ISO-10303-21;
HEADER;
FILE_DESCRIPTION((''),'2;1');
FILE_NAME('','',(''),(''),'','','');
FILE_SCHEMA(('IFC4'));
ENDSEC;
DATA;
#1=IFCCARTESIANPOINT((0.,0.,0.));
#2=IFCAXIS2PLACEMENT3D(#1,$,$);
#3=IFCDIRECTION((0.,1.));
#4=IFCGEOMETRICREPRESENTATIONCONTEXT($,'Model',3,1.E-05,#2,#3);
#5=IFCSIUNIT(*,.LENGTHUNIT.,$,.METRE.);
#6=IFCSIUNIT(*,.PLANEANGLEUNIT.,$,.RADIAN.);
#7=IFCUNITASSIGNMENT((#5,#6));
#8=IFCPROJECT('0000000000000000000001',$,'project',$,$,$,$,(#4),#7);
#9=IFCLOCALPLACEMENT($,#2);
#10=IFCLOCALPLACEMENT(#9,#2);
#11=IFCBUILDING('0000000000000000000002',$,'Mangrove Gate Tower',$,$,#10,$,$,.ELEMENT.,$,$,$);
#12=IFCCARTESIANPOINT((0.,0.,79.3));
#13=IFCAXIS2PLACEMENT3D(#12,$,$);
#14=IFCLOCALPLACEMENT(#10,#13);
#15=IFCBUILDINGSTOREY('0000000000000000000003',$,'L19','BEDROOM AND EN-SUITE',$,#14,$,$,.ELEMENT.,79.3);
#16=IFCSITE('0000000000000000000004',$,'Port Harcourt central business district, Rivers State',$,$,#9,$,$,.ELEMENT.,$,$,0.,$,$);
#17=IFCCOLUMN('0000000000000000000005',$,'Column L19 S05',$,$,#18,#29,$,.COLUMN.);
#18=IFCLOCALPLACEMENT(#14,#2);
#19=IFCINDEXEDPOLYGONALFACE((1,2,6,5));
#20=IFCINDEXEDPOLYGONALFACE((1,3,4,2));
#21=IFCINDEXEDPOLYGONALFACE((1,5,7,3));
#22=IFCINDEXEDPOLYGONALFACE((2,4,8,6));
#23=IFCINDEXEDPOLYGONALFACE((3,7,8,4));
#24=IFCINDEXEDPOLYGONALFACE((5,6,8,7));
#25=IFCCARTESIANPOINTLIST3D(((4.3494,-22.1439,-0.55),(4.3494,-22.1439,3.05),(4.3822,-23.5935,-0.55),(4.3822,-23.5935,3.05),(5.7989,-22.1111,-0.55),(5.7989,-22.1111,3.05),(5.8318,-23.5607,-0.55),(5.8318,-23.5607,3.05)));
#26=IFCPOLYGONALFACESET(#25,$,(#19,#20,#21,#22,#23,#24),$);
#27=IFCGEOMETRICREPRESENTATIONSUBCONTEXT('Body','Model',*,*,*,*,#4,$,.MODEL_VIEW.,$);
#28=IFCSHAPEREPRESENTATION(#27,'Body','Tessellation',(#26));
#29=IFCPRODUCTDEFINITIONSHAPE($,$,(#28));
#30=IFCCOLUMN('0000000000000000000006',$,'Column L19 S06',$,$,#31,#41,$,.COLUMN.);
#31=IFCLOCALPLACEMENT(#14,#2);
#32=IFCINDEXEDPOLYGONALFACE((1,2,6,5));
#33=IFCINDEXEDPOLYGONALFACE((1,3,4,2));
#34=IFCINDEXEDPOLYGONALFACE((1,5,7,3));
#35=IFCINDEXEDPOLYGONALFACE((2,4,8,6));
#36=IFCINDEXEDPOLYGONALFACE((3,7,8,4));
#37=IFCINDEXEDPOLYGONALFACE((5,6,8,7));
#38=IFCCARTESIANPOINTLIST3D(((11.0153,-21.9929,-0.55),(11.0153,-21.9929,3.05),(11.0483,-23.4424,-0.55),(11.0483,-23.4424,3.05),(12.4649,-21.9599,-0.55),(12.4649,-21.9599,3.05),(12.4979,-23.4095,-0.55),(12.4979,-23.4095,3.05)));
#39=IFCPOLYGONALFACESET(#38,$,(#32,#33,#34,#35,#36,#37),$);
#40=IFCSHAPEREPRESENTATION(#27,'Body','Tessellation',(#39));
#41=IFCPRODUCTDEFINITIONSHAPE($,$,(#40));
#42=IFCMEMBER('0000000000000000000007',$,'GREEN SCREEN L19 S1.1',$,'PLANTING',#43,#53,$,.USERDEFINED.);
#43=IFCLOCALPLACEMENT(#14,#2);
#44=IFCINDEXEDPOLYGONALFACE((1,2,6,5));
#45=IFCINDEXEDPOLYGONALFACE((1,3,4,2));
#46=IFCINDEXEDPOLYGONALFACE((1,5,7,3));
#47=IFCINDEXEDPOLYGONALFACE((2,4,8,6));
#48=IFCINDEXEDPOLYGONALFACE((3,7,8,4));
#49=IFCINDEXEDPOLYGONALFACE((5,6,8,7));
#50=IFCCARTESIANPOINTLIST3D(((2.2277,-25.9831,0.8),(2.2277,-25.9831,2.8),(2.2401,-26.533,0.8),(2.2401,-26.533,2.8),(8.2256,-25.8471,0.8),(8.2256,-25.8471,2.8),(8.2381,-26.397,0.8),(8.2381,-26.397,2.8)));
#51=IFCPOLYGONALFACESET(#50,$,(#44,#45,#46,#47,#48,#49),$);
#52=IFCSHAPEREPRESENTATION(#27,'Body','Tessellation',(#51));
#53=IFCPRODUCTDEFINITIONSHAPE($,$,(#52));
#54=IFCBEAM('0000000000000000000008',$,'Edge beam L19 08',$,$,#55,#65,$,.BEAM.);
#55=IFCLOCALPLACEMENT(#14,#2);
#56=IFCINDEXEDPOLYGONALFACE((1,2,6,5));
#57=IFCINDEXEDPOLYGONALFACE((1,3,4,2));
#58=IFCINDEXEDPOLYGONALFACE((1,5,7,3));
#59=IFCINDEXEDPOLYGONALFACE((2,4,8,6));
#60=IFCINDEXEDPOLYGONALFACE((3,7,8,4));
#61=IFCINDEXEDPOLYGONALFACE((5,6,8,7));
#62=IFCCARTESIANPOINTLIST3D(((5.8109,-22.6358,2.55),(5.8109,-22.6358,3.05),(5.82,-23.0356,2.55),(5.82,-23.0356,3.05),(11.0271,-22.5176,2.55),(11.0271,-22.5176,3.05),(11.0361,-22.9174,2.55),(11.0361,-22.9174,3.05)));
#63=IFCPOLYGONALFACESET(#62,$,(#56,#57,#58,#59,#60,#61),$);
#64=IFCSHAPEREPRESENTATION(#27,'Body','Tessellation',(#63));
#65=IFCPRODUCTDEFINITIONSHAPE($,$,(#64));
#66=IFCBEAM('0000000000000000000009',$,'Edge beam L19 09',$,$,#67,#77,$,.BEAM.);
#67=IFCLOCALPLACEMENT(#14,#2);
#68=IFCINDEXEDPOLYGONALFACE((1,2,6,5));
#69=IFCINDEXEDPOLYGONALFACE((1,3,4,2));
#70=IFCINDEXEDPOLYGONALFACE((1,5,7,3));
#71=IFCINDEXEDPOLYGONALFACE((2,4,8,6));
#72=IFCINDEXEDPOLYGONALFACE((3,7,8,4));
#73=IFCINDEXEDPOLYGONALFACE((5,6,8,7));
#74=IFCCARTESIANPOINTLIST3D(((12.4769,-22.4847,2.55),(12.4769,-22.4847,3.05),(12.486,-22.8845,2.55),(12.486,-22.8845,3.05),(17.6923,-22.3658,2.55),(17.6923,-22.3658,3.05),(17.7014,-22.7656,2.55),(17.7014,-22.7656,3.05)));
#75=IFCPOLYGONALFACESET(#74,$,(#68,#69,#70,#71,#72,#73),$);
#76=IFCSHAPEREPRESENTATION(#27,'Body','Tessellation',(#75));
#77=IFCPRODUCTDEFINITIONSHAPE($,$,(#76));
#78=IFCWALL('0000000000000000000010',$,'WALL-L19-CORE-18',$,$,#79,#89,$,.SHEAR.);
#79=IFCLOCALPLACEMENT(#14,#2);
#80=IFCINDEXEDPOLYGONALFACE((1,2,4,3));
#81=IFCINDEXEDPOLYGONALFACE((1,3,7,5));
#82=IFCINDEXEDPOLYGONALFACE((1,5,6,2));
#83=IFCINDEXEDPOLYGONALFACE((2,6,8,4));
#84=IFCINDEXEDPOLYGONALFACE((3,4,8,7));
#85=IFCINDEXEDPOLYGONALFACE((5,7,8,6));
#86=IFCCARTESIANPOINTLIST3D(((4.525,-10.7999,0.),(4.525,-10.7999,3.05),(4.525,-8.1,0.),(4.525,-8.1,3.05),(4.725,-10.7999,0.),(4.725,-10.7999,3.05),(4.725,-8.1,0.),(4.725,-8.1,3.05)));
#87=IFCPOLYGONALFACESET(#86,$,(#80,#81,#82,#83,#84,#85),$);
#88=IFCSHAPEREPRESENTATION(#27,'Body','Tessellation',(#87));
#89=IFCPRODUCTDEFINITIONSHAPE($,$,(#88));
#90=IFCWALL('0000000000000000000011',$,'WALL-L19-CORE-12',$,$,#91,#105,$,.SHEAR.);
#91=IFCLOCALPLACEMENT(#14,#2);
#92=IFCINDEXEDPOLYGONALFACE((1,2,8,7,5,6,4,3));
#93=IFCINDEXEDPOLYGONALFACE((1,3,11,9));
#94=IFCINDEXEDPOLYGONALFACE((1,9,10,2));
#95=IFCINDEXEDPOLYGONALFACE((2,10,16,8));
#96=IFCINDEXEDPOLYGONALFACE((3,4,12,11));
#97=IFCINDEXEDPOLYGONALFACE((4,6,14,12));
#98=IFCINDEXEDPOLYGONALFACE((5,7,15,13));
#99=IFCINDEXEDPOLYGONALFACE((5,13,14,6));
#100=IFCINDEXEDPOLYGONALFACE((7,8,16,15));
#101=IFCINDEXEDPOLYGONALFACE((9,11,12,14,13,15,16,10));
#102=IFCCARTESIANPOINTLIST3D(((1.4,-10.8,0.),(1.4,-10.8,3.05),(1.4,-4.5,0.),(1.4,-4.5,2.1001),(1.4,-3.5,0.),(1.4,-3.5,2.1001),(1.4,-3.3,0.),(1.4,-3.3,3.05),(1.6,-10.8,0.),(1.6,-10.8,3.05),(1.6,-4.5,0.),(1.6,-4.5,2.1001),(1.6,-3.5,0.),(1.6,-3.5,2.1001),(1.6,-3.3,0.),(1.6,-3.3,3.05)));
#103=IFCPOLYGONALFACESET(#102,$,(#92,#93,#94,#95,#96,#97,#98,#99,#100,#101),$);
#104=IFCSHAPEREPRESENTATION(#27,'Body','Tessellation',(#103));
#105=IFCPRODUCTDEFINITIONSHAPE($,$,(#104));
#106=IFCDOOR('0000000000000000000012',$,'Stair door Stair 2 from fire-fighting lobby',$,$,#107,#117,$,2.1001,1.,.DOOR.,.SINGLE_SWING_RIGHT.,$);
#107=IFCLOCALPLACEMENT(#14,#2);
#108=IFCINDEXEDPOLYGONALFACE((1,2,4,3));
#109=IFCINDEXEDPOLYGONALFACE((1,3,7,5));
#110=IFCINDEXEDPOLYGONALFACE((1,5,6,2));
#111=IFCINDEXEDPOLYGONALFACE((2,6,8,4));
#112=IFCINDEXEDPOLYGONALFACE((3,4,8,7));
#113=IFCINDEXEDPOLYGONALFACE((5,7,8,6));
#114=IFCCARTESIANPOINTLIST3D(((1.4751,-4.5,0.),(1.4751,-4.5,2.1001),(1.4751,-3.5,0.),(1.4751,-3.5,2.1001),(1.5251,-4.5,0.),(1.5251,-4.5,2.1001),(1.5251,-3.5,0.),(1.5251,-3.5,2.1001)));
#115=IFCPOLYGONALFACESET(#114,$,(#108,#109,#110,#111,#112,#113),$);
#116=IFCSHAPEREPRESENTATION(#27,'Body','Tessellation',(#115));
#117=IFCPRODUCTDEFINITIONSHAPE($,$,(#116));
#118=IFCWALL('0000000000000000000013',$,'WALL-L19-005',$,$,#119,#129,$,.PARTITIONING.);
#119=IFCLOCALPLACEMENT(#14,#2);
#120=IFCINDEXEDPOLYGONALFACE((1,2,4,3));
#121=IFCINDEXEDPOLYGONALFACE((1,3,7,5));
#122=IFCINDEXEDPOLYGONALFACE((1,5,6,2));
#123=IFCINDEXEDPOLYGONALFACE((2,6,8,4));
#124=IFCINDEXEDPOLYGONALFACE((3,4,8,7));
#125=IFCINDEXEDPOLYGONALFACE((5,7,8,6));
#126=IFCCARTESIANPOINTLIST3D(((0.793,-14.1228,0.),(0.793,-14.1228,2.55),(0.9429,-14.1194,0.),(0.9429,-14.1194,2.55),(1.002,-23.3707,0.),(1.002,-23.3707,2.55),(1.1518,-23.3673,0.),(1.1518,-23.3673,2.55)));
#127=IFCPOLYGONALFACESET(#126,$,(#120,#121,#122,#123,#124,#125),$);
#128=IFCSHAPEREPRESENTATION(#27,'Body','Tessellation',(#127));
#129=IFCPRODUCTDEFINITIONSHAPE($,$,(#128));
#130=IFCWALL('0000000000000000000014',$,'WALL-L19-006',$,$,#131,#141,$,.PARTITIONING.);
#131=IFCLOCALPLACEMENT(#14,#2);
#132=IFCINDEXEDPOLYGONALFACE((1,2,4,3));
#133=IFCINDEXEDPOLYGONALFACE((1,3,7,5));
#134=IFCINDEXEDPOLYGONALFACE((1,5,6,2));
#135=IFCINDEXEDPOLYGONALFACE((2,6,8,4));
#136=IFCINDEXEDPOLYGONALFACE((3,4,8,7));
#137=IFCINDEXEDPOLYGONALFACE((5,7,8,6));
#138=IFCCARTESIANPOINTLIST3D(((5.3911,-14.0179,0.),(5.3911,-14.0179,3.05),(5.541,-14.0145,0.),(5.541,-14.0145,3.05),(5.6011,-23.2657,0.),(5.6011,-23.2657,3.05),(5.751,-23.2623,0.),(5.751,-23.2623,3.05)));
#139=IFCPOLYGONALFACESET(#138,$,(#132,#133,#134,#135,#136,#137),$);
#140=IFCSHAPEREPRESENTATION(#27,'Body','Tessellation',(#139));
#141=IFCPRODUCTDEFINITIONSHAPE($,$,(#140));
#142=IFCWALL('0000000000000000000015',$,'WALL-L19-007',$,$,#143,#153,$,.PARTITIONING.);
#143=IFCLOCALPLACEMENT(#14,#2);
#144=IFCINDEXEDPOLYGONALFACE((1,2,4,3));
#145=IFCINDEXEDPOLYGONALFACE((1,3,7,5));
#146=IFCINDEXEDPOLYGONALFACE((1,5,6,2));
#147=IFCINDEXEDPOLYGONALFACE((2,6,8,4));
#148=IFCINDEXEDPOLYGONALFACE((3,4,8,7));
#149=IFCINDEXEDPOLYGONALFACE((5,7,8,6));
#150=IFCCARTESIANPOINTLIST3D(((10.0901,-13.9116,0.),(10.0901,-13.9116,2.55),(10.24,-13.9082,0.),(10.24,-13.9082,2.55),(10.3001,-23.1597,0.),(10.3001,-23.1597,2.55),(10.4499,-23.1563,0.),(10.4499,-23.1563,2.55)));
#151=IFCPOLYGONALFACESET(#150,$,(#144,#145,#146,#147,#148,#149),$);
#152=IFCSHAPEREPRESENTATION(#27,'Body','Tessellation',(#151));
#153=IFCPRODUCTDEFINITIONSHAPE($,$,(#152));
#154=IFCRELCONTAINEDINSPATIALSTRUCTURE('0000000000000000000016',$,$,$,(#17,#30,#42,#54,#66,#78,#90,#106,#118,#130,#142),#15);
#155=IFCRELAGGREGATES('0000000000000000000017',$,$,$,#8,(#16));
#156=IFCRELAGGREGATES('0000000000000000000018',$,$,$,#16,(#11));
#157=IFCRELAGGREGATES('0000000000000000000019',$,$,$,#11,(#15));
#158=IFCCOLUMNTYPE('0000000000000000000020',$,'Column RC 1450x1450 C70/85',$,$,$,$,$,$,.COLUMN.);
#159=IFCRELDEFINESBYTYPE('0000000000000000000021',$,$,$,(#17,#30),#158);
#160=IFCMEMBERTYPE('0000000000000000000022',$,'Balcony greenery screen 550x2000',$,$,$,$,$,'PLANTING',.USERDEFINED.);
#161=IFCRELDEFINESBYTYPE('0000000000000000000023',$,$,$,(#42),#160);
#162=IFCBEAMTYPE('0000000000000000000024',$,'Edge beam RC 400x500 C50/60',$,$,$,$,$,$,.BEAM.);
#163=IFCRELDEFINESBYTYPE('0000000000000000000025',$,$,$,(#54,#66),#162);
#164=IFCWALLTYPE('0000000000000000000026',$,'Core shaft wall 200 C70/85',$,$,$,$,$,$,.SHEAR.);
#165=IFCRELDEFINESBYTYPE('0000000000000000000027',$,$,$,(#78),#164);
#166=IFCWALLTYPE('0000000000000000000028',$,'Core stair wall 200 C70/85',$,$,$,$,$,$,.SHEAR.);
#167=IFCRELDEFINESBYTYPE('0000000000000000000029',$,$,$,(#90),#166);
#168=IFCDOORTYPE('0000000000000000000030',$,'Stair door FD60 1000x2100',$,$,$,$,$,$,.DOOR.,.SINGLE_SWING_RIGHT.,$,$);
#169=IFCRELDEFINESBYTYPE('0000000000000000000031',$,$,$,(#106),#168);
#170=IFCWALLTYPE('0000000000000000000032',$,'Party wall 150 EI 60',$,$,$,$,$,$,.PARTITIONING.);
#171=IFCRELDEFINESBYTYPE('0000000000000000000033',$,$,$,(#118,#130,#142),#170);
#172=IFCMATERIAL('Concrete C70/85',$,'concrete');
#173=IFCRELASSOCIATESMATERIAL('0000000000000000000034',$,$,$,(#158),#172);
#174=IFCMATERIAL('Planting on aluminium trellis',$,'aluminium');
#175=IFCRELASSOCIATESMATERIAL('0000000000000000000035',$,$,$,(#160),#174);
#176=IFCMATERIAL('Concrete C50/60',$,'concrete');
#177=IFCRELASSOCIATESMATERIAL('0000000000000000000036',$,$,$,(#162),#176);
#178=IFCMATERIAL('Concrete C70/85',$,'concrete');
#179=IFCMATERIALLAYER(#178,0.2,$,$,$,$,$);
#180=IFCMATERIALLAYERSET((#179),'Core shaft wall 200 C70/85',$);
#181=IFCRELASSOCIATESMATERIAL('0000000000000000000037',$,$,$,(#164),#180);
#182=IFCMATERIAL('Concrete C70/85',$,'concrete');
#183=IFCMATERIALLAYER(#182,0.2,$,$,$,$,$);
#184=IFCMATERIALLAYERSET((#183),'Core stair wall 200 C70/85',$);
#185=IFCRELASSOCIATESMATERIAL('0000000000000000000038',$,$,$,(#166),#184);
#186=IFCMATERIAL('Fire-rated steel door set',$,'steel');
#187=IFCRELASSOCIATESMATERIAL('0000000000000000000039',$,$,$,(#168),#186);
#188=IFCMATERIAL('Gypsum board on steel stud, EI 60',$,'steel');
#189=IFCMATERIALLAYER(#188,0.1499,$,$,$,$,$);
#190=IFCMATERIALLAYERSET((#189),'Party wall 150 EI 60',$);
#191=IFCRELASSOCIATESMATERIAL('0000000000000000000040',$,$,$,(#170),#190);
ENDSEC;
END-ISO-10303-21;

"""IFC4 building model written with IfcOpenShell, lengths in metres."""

from ifc_helpers import new_model, si_unit, direction, frame, frame_2d, origin, origin_2d, place, context, subcontext, project, spatial, rectangle, extrude, material, layer, layer_set, material_profile, profile_set, type_object, element, fill, save


model = new_model("IFC4")

# Units and contexts
model_context = context("Model", 3, precision=1e-05, world=origin(), true_north=direction((0.0, 1.0)))
body_context = subcontext(model_context, "Body", "Model", "MODEL_VIEW")
ifc_project = project(units=[si_unit("LENGTHUNIT", "METRE"), si_unit("PLANEANGLEUNIT", "RADIAN")], contexts=[model_context])

# Site, building, storey
site_placement = place(None, origin())
site = spatial("IfcSite", under=ifc_project, at=site_placement, Name="Port Harcourt central business district, Rivers State", CompositionType="ELEMENT", RefElevation=0.0)
building_placement = place(site_placement, origin())
building = spatial("IfcBuilding", under=site, at=building_placement, Name="Mangrove Gate Tower", CompositionType="ELEMENT")
storey_placement = place(building_placement, frame((0.0, 0.0, 79.3)))
storey = spatial("IfcBuildingStorey", under=building, at=storey_placement, Name="L19", Description="BEDROOM AND EN-SUITE", CompositionType="ELEMENT", Elevation=79.3)

# Columns
ifc_material_1 = material(Name="Concrete C70/85", Category="concrete")
ifc_material_profile_1 = material_profile(ifc_material_1, rectangle(XDim=1.45, YDim=1.45, at=origin_2d()))
ifc_profile_set_1 = profile_set([ifc_material_profile_1], Name="Concrete C70/85")
column_type = type_object("IfcColumnType", Name="Column RC 1450x1450 C70/85", PredefinedType="COLUMN", material=ifc_profile_set_1)
for number, where, z_axis, x_axis, name in (
    (1, (5.0906, -22.8523, -0.55), (0.0, 0.0, 1.0), (0.999744, 0.022646, 0.0), "Column L19 S05"),
    (2, (11.7566, -22.7012, -0.55), (0.0, 0.0, 1.0), (0.999742, 0.022723, 0.0), "Column L19 S06"),
):
    element("IfcColumn", number, at=place(storey_placement, frame(where, z_axis=z_axis, x_axis=x_axis)), inside=storey, type_object=column_type, Name=name, PredefinedType="COLUMN", context=body_context, shape_type="SweptSolid", body=[
        extrude(rectangle(XDim=1.45, YDim=1.45, at=origin_2d()), origin(), (0.0, 0.0, 1.0), 3.6001),
    ])

# Member
ifc_material_2 = material(Name="Planting on aluminium trellis", Category="aluminium")
ifc_material_profile_2 = material_profile(ifc_material_2, rectangle(XDim=0.55, YDim=2.0, at=origin_2d()))
ifc_profile_set_2 = profile_set([ifc_material_profile_2], Name="Planting on aluminium trellis")
member_type = type_object("IfcMemberType", Name="Balcony greenery screen 550x2000", ElementType="PLANTING", PredefinedType="USERDEFINED", material=ifc_profile_set_2)
member_placement = place(storey_placement, frame((2.2339, -26.2581, 1.8), z_axis=(0.999743, 0.022666, 0.0), x_axis=(-0.022666, 0.999743, 0.0)))
element("IfcMember", 3, at=member_placement, inside=storey, type_object=member_type, Name="GREEN SCREEN L19 S1.1", ObjectType="PLANTING", PredefinedType="USERDEFINED", context=body_context, shape_type="SweptSolid", body=[
    extrude(rectangle(XDim=0.55, YDim=2.0, at=origin_2d()), origin(), (0.0, 0.0, 1.0), 5.9995),
])

# Beams
ifc_material_3 = material(Name="Concrete C50/60", Category="concrete")
ifc_material_profile_3 = material_profile(ifc_material_3, rectangle(XDim=0.3999, YDim=0.5, at=origin_2d()))
ifc_profile_set_3 = profile_set([ifc_material_profile_3], Name="Concrete C50/60")
beam_type = type_object("IfcBeamType", Name="Edge beam RC 400x500 C50/60", PredefinedType="BEAM", material=ifc_profile_set_3)
beam_1_placement = place(storey_placement, frame((5.8154, -22.8357, 2.8), z_axis=(0.999744, 0.022647, 0.0), x_axis=(-0.022647, 0.999744, 0.0)))
element("IfcBeam", 4, at=beam_1_placement, inside=storey, type_object=beam_type, Name="Edge beam L19 08", PredefinedType="BEAM", context=body_context, shape_type="SweptSolid", body=[
    extrude(rectangle(XDim=0.3999, YDim=0.5, at=origin_2d()), origin(), (0.0, 0.0, 1.0), 5.2175),
])
beam_2_placement = place(storey_placement, frame((12.4814, -22.6846, 2.8), z_axis=(0.99974, 0.022792, 0.0), x_axis=(-0.022792, 0.99974, 0.0)))
element("IfcBeam", 5, at=beam_2_placement, inside=storey, type_object=beam_type, Name="Edge beam L19 09", PredefinedType="BEAM", context=body_context, shape_type="SweptSolid", body=[
    extrude(rectangle(XDim=0.3999, YDim=0.5, at=origin_2d()), origin(), (0.0, 0.0, 1.0), 5.2168),
])

# Wall
ifc_material_4 = material(Name="Concrete C70/85", Category="concrete")
ifc_layer_1 = layer(ifc_material_4, 0.2)
ifc_layer_set_1 = layer_set([ifc_layer_1], Name="Core shaft wall 200 C70/85")
wall_type_1 = type_object("IfcWallType", Name="Core shaft wall 200 C70/85", PredefinedType="SHEAR", material=ifc_layer_set_1)
wall_1_placement = place(storey_placement, frame((4.625, -10.8, 0.0), z_axis=(0.0, 0.0, 1.0), x_axis=(0.0, 1.0, 0.0)))
element("IfcWall", 6, at=wall_1_placement, inside=storey, type_object=wall_type_1, Name="WALL-L19-CORE-18", PredefinedType="SHEAR", context=body_context, shape_type="SweptSolid", body=[
    extrude(rectangle(XDim=2.7, YDim=0.2, at=frame_2d((1.3501, 0.0))), origin(), (0.0, 0.0, 1.0), 3.05),
])

# Wall, opening, door
ifc_material_5 = material(Name="Concrete C70/85", Category="concrete")
ifc_layer_2 = layer(ifc_material_5, 0.2)
ifc_layer_set_2 = layer_set([ifc_layer_2], Name="Core stair wall 200 C70/85")
wall_type_2 = type_object("IfcWallType", Name="Core stair wall 200 C70/85", PredefinedType="SHEAR", material=ifc_layer_set_2)
wall_2_placement = place(storey_placement, frame((1.5, -10.8, 0.0), z_axis=(0.0, 0.0, 1.0), x_axis=(0.0, 1.0, 0.0)))
wall_2 = element("IfcWall", 7, at=wall_2_placement, inside=storey, type_object=wall_type_2, Name="WALL-L19-CORE-12", PredefinedType="SHEAR", context=body_context, shape_type="SweptSolid", body=[
    extrude(rectangle(XDim=7.5, YDim=0.2, at=frame_2d((3.75, 0.0))), origin(), (0.0, 0.0, 1.0), 3.05),
])
opening_1_placement = place(wall_2_placement, frame((6.3, 0.0, 0.0)))
opening_1 = element("IfcOpeningElement", 8, at=opening_1_placement, cuts=wall_2, PredefinedType="OPENING", context=body_context, shape_type="SweptSolid", body=[
    extrude(rectangle(XDim=1.0, YDim=2.1001, at=frame_2d((0.5, 1.05))), frame((0.0, 0.1099, 0.0), z_axis=(0.0, -1.0, 0.0), x_axis=(1.0, 0.0, 0.0)), (0.0, 0.0, 1.0), 0.22),
])
ifc_material_6 = material(Name="Fire-rated steel door set", Category="steel")
door_type_1 = type_object("IfcDoorType", Name="Stair door FD60 1000x2100", OperationType="SINGLE_SWING_RIGHT", PredefinedType="DOOR", material=ifc_material_6)
door_1_placement = place(opening_1_placement, origin())
door_1 = element("IfcDoor", 9, at=door_1_placement, inside=storey, type_object=door_type_1, Name="Stair door Stair 2 from fire-fighting lobby", OperationType="SINGLE_SWING_RIGHT", OverallHeight=2.1001, OverallWidth=1.0, PredefinedType="DOOR", context=body_context, shape_type="SweptSolid", body=[
    extrude(rectangle(XDim=1.0, YDim=2.1001, at=frame_2d((0.5, 1.05))), frame((0.0, 0.0249, 0.0), z_axis=(0.0, -1.0, 0.0), x_axis=(1.0, 0.0, 0.0)), (0.0, 0.0, 1.0), 0.05),
])
fill(opening_1, door_1)

# Walls
ifc_material_7 = material(Name="Gypsum board on steel stud, EI 60", Category="steel")
ifc_layer_3 = layer(ifc_material_7, 0.1499)
ifc_layer_set_3 = layer_set([ifc_layer_3], Name="Party wall 150 EI 60")
wall_type_3 = type_object("IfcWallType", Name="Party wall 150 EI 60", PredefinedType="PARTITIONING", material=ifc_layer_set_3)
wall_3_placement = place(storey_placement, frame((1.0769, -23.3689, 0.0), z_axis=(0.0, 0.0, 1.0), x_axis=(-0.022593, 0.999745, 0.0)))
element("IfcWall", 10, at=wall_3_placement, inside=storey, type_object=wall_type_3, Name="WALL-L19-005", PredefinedType="PARTITIONING", context=body_context, shape_type="SweptSolid", body=[
    extrude(rectangle(XDim=9.2502, YDim=0.1499, at=frame_2d((4.625, 0.0))), origin(), (0.0, 0.0, 1.0), 2.55),
])
wall_4_placement = place(storey_placement, frame((5.676, -23.2639, 0.0), z_axis=(0.0, 0.0, 1.0), x_axis=(-0.022698, 0.999742, 0.0)))
element("IfcWall", 11, at=wall_4_placement, inside=storey, type_object=wall_type_3, Name="WALL-L19-006", PredefinedType="PARTITIONING", context=body_context, shape_type="SweptSolid", body=[
    extrude(rectangle(XDim=9.2502, YDim=0.1499, at=frame_2d((4.625, 0.0))), origin(), (0.0, 0.0, 1.0), 3.05),
])
wall_5_placement = place(storey_placement, frame((10.375, -23.158, 0.0), z_axis=(0.0, 0.0, 1.0), x_axis=(-0.022697, 0.999742, 0.0)))
element("IfcWall", 12, at=wall_5_placement, inside=storey, type_object=wall_type_3, Name="WALL-L19-007", PredefinedType="PARTITIONING", context=body_context, shape_type="SweptSolid", body=[
    extrude(rectangle(XDim=9.2505, YDim=0.1499, at=frame_2d((4.6252, 0.0))), origin(), (0.0, 0.0, 1.0), 2.55),
])

save(model, "model.ifc")
